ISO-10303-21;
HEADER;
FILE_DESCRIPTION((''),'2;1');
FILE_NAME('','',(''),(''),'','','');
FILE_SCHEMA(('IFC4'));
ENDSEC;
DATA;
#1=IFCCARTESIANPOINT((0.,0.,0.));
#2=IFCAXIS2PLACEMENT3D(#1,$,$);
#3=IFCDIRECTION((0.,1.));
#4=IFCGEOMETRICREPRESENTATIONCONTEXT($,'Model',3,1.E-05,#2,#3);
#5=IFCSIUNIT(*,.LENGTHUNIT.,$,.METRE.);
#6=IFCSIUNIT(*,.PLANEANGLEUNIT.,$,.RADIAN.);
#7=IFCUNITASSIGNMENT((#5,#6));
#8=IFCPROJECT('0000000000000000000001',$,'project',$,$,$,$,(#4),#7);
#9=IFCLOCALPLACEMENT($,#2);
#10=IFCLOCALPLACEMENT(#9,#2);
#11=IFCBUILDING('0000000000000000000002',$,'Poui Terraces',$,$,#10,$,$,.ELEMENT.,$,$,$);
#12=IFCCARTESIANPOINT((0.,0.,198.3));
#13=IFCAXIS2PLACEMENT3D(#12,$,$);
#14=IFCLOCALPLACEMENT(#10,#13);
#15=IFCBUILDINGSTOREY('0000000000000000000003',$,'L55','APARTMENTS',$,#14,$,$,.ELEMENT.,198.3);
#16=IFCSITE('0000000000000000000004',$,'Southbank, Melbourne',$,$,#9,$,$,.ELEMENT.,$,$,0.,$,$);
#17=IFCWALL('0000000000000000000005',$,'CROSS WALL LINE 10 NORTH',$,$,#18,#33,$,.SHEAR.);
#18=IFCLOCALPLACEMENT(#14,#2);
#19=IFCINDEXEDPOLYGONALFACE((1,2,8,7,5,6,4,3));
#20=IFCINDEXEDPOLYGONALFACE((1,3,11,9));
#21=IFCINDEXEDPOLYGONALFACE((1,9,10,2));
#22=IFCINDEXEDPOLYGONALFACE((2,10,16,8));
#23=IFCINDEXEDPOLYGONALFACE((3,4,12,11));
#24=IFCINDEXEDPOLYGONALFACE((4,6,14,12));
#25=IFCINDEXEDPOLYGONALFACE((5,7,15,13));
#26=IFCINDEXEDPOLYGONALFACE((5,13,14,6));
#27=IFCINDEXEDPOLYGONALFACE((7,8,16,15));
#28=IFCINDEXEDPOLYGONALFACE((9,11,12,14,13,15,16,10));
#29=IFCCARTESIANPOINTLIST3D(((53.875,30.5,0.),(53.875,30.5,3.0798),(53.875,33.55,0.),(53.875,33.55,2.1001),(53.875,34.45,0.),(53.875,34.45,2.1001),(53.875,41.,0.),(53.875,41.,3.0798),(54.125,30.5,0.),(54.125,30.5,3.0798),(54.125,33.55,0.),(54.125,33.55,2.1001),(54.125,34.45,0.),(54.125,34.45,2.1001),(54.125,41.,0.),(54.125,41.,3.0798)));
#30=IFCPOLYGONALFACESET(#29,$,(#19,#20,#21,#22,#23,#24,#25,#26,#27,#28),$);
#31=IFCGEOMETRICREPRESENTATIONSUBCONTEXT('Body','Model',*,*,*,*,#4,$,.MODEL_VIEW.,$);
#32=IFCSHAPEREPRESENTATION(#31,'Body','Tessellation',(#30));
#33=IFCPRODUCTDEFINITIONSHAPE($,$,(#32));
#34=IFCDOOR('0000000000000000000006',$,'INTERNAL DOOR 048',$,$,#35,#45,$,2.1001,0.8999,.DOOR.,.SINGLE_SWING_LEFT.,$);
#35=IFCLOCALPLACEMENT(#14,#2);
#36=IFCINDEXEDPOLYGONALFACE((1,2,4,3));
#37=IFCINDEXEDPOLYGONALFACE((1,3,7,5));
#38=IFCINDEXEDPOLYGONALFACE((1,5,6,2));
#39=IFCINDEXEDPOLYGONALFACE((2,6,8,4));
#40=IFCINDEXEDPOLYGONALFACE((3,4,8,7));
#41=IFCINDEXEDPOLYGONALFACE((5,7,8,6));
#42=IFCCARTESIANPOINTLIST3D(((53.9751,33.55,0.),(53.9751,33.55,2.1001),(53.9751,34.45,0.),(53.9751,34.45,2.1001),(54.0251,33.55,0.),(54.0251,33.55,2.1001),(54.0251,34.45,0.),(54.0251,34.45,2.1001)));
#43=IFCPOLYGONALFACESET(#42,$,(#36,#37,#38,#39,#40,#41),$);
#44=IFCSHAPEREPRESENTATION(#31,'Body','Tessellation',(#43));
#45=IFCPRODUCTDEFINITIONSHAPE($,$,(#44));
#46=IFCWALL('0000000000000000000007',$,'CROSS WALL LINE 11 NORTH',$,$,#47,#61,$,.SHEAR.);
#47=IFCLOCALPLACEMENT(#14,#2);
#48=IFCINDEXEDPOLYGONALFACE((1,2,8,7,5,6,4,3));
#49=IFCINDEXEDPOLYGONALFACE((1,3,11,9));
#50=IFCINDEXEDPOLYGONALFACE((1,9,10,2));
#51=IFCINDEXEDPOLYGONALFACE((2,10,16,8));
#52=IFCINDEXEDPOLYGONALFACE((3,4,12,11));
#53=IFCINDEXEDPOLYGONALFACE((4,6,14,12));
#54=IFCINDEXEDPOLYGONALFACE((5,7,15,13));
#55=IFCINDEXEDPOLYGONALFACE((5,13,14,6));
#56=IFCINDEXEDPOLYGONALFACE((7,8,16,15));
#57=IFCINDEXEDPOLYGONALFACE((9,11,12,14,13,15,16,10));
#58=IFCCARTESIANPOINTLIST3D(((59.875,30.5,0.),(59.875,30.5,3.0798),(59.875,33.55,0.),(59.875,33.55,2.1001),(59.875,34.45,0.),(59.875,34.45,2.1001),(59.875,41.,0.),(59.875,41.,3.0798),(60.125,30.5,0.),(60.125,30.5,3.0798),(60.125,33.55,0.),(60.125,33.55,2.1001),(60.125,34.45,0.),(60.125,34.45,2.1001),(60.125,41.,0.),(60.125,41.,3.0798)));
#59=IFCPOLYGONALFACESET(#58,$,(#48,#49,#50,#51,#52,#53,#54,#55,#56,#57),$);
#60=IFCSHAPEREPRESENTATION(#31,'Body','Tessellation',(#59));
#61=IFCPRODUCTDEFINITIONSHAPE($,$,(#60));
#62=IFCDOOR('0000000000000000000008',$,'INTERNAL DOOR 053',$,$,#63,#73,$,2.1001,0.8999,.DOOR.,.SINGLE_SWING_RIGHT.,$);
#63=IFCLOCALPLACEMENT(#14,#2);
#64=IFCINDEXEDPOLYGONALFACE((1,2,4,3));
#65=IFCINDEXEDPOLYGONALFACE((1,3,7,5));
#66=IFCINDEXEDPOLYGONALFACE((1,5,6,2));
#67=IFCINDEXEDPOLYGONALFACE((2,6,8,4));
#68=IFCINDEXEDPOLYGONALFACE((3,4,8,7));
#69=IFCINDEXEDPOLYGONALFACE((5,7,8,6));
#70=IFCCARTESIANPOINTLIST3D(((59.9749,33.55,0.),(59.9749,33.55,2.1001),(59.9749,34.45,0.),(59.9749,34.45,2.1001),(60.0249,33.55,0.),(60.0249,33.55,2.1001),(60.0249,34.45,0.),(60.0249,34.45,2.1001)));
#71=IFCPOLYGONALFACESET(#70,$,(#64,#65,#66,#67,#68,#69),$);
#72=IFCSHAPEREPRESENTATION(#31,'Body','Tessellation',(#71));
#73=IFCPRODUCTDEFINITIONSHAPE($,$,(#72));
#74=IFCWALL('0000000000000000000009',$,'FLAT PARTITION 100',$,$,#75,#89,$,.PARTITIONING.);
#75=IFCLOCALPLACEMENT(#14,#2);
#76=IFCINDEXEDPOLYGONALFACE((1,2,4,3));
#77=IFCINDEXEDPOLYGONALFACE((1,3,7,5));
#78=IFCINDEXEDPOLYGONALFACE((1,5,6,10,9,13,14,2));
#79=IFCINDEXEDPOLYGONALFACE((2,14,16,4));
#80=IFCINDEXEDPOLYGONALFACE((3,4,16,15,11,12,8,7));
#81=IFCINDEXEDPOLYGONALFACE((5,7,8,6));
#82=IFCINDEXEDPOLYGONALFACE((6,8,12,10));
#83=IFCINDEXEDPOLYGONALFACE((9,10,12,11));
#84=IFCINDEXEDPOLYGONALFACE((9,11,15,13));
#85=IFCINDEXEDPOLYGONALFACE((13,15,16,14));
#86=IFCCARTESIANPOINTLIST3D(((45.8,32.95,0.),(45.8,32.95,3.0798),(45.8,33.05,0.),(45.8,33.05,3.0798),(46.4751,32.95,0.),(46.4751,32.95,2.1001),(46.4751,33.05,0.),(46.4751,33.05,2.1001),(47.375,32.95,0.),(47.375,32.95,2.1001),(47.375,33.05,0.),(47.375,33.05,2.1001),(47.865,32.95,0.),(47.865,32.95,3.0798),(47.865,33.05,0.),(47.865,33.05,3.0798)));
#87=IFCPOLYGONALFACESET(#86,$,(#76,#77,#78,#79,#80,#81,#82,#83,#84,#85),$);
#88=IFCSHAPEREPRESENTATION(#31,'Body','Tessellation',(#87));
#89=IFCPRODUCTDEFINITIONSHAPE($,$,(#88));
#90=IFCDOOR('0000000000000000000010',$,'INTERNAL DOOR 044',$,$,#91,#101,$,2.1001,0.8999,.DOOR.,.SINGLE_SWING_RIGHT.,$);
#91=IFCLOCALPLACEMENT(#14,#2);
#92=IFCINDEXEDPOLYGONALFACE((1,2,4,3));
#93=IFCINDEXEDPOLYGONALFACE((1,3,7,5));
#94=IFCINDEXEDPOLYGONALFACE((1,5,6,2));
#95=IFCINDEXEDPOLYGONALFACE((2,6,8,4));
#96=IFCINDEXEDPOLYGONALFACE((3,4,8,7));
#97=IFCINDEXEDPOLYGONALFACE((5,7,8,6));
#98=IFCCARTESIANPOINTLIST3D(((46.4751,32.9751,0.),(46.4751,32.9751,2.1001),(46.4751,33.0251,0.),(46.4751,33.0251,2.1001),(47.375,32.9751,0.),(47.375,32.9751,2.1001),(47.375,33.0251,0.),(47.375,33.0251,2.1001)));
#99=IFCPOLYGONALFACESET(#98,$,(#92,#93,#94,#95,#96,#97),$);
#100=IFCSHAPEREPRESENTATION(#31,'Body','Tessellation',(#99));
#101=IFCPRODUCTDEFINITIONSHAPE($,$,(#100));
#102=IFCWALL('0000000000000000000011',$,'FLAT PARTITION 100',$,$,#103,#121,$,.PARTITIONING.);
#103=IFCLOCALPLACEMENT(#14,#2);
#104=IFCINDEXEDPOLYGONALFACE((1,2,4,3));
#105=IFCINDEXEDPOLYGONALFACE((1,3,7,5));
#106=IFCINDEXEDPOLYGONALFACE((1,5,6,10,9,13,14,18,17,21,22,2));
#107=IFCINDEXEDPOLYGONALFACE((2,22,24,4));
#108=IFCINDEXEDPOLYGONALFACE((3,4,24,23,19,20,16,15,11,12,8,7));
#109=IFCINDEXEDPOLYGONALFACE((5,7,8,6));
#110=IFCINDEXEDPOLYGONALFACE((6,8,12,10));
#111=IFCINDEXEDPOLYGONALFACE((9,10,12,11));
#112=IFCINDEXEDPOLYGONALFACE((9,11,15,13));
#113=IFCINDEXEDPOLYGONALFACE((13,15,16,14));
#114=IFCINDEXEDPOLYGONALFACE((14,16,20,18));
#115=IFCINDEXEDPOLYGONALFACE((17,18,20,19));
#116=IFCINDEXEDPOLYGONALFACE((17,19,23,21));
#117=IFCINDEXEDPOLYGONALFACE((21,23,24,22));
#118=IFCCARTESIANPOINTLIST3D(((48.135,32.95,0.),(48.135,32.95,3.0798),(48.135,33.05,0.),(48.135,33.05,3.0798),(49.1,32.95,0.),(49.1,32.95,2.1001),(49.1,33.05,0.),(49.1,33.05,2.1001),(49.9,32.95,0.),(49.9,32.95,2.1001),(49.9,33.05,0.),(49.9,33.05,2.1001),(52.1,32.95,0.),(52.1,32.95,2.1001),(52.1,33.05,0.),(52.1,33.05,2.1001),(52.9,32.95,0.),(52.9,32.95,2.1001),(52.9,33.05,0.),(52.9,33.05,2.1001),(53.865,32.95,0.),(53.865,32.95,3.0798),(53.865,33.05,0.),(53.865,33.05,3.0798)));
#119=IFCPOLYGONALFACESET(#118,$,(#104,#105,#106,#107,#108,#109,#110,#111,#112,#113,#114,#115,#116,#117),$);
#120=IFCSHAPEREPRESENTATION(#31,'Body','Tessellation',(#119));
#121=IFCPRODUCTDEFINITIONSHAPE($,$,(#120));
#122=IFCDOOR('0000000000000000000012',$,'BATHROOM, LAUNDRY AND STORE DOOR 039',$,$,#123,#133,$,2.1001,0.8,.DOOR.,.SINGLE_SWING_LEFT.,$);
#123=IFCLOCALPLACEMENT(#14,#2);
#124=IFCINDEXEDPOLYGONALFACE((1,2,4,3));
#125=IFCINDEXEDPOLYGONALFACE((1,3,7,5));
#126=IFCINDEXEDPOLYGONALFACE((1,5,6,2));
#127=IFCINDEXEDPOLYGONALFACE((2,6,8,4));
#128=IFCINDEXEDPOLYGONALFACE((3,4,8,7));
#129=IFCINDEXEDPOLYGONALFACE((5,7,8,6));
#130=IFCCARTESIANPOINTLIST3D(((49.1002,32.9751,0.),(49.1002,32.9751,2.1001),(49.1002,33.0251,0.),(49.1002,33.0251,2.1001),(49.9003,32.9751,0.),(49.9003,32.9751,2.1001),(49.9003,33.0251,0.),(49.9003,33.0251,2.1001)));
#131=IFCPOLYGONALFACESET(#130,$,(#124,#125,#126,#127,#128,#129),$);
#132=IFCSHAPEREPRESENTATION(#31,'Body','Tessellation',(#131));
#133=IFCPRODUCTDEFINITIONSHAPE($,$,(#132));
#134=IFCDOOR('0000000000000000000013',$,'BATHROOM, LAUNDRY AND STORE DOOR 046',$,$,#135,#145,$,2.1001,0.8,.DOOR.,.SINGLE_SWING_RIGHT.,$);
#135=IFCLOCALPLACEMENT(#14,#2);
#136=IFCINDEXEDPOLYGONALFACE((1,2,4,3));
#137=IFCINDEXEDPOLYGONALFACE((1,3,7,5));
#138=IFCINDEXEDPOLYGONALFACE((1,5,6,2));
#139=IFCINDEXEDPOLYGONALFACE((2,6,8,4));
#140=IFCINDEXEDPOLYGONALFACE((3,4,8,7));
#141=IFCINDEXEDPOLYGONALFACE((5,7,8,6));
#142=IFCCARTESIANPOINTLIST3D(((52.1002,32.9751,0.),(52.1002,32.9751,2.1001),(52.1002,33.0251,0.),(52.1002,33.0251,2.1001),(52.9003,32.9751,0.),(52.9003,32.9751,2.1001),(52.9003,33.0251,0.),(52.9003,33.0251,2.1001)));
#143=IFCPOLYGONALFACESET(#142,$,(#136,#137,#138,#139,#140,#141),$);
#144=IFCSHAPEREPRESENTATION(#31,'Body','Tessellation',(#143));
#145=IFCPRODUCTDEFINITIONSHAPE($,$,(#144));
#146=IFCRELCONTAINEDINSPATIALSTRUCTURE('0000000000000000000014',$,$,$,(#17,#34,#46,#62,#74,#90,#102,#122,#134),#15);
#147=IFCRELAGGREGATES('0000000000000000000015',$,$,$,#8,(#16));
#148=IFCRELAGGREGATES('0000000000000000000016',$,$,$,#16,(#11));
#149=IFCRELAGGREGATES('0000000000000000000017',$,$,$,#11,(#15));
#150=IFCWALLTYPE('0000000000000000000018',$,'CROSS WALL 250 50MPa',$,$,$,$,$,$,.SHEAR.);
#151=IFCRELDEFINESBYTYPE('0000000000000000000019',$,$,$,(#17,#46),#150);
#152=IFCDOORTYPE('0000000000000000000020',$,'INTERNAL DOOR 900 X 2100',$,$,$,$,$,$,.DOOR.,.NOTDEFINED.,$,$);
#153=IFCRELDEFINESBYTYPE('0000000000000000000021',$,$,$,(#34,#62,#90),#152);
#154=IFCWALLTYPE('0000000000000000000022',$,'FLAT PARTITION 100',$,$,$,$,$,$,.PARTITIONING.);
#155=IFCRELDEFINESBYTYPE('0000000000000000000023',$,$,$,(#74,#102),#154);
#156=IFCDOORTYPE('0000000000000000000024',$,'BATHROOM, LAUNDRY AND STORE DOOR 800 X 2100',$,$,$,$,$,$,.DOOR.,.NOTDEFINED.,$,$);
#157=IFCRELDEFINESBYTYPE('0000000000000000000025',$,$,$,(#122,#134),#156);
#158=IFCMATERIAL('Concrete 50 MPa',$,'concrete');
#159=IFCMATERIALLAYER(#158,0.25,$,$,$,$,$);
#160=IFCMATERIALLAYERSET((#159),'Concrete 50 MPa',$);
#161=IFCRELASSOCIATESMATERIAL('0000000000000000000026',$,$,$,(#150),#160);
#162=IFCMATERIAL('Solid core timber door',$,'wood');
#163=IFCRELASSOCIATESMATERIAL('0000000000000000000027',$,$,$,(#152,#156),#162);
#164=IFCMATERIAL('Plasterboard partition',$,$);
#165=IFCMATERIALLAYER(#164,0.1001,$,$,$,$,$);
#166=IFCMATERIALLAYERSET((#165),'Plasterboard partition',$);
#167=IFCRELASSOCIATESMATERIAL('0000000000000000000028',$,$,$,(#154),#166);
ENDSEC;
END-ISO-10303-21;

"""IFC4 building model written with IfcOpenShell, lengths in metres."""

from ifc_helpers import new_model, si_unit, direction, frame, frame_2d, origin, place, context, subcontext, project, spatial, rectangle, extrude, material, layer, layer_set, type_object, element, fill, save


model = new_model("IFC4")

# Units and contexts
model_context = context("Model", 3, precision=1e-05, world=origin(), true_north=direction((0.0, 1.0)))
body_context = subcontext(model_context, "Body", "Model", "MODEL_VIEW")
ifc_project = project(units=[si_unit("LENGTHUNIT", "METRE"), si_unit("PLANEANGLEUNIT", "RADIAN")], contexts=[model_context])

# Site, building, storey
site_placement = place(None, origin())
site = spatial("IfcSite", under=ifc_project, at=site_placement, Name="Southbank, Melbourne", CompositionType="ELEMENT", RefElevation=0.0)
building_placement = place(site_placement, origin())
building = spatial("IfcBuilding", under=site, at=building_placement, Name="Poui Terraces", CompositionType="ELEMENT")
storey_placement = place(building_placement, frame((0.0, 0.0, 198.3)))
storey = spatial("IfcBuildingStorey", under=building, at=storey_placement, Name="L55", Description="APARTMENTS", CompositionType="ELEMENT", Elevation=198.3)

# Walls, openings, doors
ifc_material_1 = material(Name="Concrete 50 MPa", Category="concrete")
ifc_layer_1 = layer(ifc_material_1, 0.25)
ifc_layer_set_1 = layer_set([ifc_layer_1], Name="Concrete 50 MPa")
wall_type_1 = type_object("IfcWallType", Name="CROSS WALL 250 50MPa", PredefinedType="SHEAR", material=ifc_layer_set_1)
wall_1_placement = place(storey_placement, frame((54.0, 30.5, 0.0), z_axis=(0.0, 0.0, 1.0), x_axis=(0.0, 1.0, 0.0)))
wall_1 = element("IfcWall", 1, at=wall_1_placement, inside=storey, type_object=wall_type_1, Name="CROSS WALL LINE 10 NORTH", PredefinedType="SHEAR", context=body_context, shape_type="SweptSolid", body=[
    extrude(rectangle(XDim=10.5, YDim=0.25, at=frame_2d((5.25, 0.0))), origin(), (0.0, 0.0, 1.0), 3.0798),
])
opening_1_placement = place(wall_1_placement, frame((3.05, 0.0, 0.0)))
opening_1 = element("IfcOpeningElement", 2, at=opening_1_placement, cuts=wall_1, PredefinedType="OPENING", context=body_context, shape_type="SweptSolid", body=[
    extrude(rectangle(XDim=0.8999, YDim=2.1001, at=frame_2d((0.45, 1.05))), frame((0.0, 0.135, 0.0), z_axis=(0.0, -1.0, 0.0), x_axis=(1.0, 0.0, 0.0)), (0.0, 0.0, 1.0), 0.27),
])
ifc_material_2 = material(Name="Solid core timber door", Category="wood")
door_type_1 = type_object("IfcDoorType", Name="INTERNAL DOOR 900 X 2100", OperationType="NOTDEFINED", PredefinedType="DOOR", material=ifc_material_2)
door_1_placement = place(opening_1_placement, origin())
door_1 = element("IfcDoor", 3, at=door_1_placement, inside=storey, type_object=door_type_1, Name="INTERNAL DOOR 048", OperationType="SINGLE_SWING_LEFT", OverallHeight=2.1001, OverallWidth=0.8999, PredefinedType="DOOR", context=body_context, shape_type="SweptSolid", body=[
    extrude(rectangle(XDim=0.8999, YDim=2.1001, at=frame_2d((0.45, 1.05))), frame((0.0, 0.0249, 0.0), z_axis=(0.0, -1.0, 0.0), x_axis=(1.0, 0.0, 0.0)), (0.0, 0.0, 1.0), 0.05),
])
fill(opening_1, door_1)
wall_2_placement = place(storey_placement, frame((60.0, 30.5, 0.0), z_axis=(0.0, 0.0, 1.0), x_axis=(0.0, 1.0, 0.0)))
wall_2 = element("IfcWall", 4, at=wall_2_placement, inside=storey, type_object=wall_type_1, Name="CROSS WALL LINE 11 NORTH", PredefinedType="SHEAR", context=body_context, shape_type="SweptSolid", body=[
    extrude(rectangle(XDim=10.5, YDim=0.25, at=frame_2d((5.25, 0.0))), origin(), (0.0, 0.0, 1.0), 3.0798),
])
opening_2_placement = place(wall_2_placement, frame((3.05, 0.0, 0.0)))
opening_2 = element("IfcOpeningElement", 5, at=opening_2_placement, cuts=wall_2, PredefinedType="OPENING", context=body_context, shape_type="SweptSolid", body=[
    extrude(rectangle(XDim=0.8999, YDim=2.1001, at=frame_2d((0.45, 1.05))), frame((0.0, 0.135, 0.0), z_axis=(0.0, -1.0, 0.0), x_axis=(1.0, 0.0, 0.0)), (0.0, 0.0, 1.0), 0.27),
])
door_2_placement = place(opening_2_placement, frame((0.8999, 0.0, 0.0), z_axis=(0.0, 0.0, 1.0), x_axis=(-1.0, 0.0, 0.0)))
door_2 = element("IfcDoor", 6, at=door_2_placement, inside=storey, type_object=door_type_1, Name="INTERNAL DOOR 053", OperationType="SINGLE_SWING_RIGHT", OverallHeight=2.1001, OverallWidth=0.8999, PredefinedType="DOOR", context=body_context, shape_type="SweptSolid", body=[
    extrude(rectangle(XDim=0.8999, YDim=2.1001, at=frame_2d((0.45, 1.05))), frame((0.0, 0.0249, 0.0), z_axis=(0.0, -1.0, 0.0), x_axis=(1.0, 0.0, 0.0)), (0.0, 0.0, 1.0), 0.05),
])
fill(opening_2, door_2)
ifc_material_3 = material(Name="Plasterboard partition")
ifc_layer_2 = layer(ifc_material_3, 0.1001)
ifc_layer_set_2 = layer_set([ifc_layer_2], Name="Plasterboard partition")
wall_type_2 = type_object("IfcWallType", Name="FLAT PARTITION 100", PredefinedType="PARTITIONING", material=ifc_layer_set_2)
wall_3_placement = place(storey_placement, frame((45.8, 33.0, 0.0), z_axis=(0.0, 0.0, 1.0), x_axis=(1.0, 0.0, 0.0)))
wall_3 = element("IfcWall", 7, at=wall_3_placement, inside=storey, type_object=wall_type_2, Name="FLAT PARTITION 100", PredefinedType="PARTITIONING", context=body_context, shape_type="SweptSolid", body=[
    extrude(rectangle(XDim=2.0649, YDim=0.1001, at=frame_2d((1.0325, 0.0))), origin(), (0.0, 0.0, 1.0), 3.0798),
])
opening_3_placement = place(wall_3_placement, frame((0.675, 0.0, 0.0)))
opening_3 = element("IfcOpeningElement", 8, at=opening_3_placement, cuts=wall_3, PredefinedType="OPENING", context=body_context, shape_type="SweptSolid", body=[
    extrude(rectangle(XDim=0.8999, YDim=2.1001, at=frame_2d((0.45, 1.05))), frame((0.0, 0.0601, 0.0), z_axis=(0.0, -1.0, 0.0), x_axis=(1.0, 0.0, 0.0)), (0.0, 0.0, 1.0), 0.1201),
])
door_3_placement = place(opening_3_placement, frame((0.8999, 0.0, 0.0), z_axis=(0.0, 0.0, 1.0), x_axis=(-1.0, 0.0, 0.0)))
door_3 = element("IfcDoor", 9, at=door_3_placement, inside=storey, type_object=door_type_1, Name="INTERNAL DOOR 044", OperationType="SINGLE_SWING_RIGHT", OverallHeight=2.1001, OverallWidth=0.8999, PredefinedType="DOOR", context=body_context, shape_type="SweptSolid", body=[
    extrude(rectangle(XDim=0.8999, YDim=2.1001, at=frame_2d((0.45, 1.05))), frame((0.0, 0.0249, 0.0), z_axis=(0.0, -1.0, 0.0), x_axis=(1.0, 0.0, 0.0)), (0.0, 0.0, 1.0), 0.05),
])
fill(opening_3, door_3)

# Wall, openings, doors
wall_4_placement = place(storey_placement, frame((48.135, 33.0, 0.0), z_axis=(0.0, 0.0, 1.0), x_axis=(1.0, 0.0, 0.0)))
wall_4 = element("IfcWall", 10, at=wall_4_placement, inside=storey, type_object=wall_type_2, Name="FLAT PARTITION 100", PredefinedType="PARTITIONING", context=body_context, shape_type="SweptSolid", body=[
    extrude(rectangle(XDim=5.73, YDim=0.1001, at=frame_2d((2.865, 0.0))), origin(), (0.0, 0.0, 1.0), 3.0798),
])
opening_4_placement = place(wall_4_placement, frame((0.9651, 0.0, 0.0)))
opening_4 = element("IfcOpeningElement", 11, at=opening_4_placement, cuts=wall_4, PredefinedType="OPENING", context=body_context, shape_type="SweptSolid", body=[
    extrude(rectangle(XDim=0.8, YDim=2.1001, at=frame_2d((0.3999, 1.05))), frame((0.0, 0.0601, 0.0), z_axis=(0.0, -1.0, 0.0), x_axis=(1.0, 0.0, 0.0)), (0.0, 0.0, 1.0), 0.1201),
])
opening_5_placement = place(wall_4_placement, frame((3.9651, 0.0, 0.0)))
opening_5 = element("IfcOpeningElement", 12, at=opening_5_placement, cuts=wall_4, PredefinedType="OPENING", context=body_context, shape_type="SweptSolid", body=[
    extrude(rectangle(XDim=0.8, YDim=2.1001, at=frame_2d((0.3999, 1.05))), frame((0.0, 0.0601, 0.0), z_axis=(0.0, -1.0, 0.0), x_axis=(1.0, 0.0, 0.0)), (0.0, 0.0, 1.0), 0.1201),
])
door_type_2 = type_object("IfcDoorType", Name="BATHROOM, LAUNDRY AND STORE DOOR 800 X 2100", OperationType="NOTDEFINED", PredefinedType="DOOR", material=ifc_material_2)
door_4_placement = place(opening_4_placement, frame((0.8, 0.0, 0.0), z_axis=(0.0, 0.0, 1.0), x_axis=(-1.0, 0.0, 0.0)))
door_4 = element("IfcDoor", 13, at=door_4_placement, inside=storey, type_object=door_type_2, Name="BATHROOM, LAUNDRY AND STORE DOOR 039", OperationType="SINGLE_SWING_LEFT", OverallHeight=2.1001, OverallWidth=0.8, PredefinedType="DOOR", context=body_context, shape_type="SweptSolid", body=[
    extrude(rectangle(XDim=0.8, YDim=2.1001, at=frame_2d((0.3999, 1.05))), frame((0.0, 0.0249, 0.0), z_axis=(0.0, -1.0, 0.0), x_axis=(1.0, 0.0, 0.0)), (0.0, 0.0, 1.0), 0.05),
])
fill(opening_4, door_4)
door_5_placement = place(opening_5_placement, frame((0.8, 0.0, 0.0), z_axis=(0.0, 0.0, 1.0), x_axis=(-1.0, 0.0, 0.0)))
door_5 = element("IfcDoor", 14, at=door_5_placement, inside=storey, type_object=door_type_2, Name="BATHROOM, LAUNDRY AND STORE DOOR 046", OperationType="SINGLE_SWING_RIGHT", OverallHeight=2.1001, OverallWidth=0.8, PredefinedType="DOOR", context=body_context, shape_type="SweptSolid", body=[
    extrude(rectangle(XDim=0.8, YDim=2.1001, at=frame_2d((0.3999, 1.05))), frame((0.0, 0.0249, 0.0), z_axis=(0.0, -1.0, 0.0), x_axis=(1.0, 0.0, 0.0)), (0.0, 0.0, 1.0), 0.05),
])
fill(opening_5, door_5)

save(model, "model.ifc")
